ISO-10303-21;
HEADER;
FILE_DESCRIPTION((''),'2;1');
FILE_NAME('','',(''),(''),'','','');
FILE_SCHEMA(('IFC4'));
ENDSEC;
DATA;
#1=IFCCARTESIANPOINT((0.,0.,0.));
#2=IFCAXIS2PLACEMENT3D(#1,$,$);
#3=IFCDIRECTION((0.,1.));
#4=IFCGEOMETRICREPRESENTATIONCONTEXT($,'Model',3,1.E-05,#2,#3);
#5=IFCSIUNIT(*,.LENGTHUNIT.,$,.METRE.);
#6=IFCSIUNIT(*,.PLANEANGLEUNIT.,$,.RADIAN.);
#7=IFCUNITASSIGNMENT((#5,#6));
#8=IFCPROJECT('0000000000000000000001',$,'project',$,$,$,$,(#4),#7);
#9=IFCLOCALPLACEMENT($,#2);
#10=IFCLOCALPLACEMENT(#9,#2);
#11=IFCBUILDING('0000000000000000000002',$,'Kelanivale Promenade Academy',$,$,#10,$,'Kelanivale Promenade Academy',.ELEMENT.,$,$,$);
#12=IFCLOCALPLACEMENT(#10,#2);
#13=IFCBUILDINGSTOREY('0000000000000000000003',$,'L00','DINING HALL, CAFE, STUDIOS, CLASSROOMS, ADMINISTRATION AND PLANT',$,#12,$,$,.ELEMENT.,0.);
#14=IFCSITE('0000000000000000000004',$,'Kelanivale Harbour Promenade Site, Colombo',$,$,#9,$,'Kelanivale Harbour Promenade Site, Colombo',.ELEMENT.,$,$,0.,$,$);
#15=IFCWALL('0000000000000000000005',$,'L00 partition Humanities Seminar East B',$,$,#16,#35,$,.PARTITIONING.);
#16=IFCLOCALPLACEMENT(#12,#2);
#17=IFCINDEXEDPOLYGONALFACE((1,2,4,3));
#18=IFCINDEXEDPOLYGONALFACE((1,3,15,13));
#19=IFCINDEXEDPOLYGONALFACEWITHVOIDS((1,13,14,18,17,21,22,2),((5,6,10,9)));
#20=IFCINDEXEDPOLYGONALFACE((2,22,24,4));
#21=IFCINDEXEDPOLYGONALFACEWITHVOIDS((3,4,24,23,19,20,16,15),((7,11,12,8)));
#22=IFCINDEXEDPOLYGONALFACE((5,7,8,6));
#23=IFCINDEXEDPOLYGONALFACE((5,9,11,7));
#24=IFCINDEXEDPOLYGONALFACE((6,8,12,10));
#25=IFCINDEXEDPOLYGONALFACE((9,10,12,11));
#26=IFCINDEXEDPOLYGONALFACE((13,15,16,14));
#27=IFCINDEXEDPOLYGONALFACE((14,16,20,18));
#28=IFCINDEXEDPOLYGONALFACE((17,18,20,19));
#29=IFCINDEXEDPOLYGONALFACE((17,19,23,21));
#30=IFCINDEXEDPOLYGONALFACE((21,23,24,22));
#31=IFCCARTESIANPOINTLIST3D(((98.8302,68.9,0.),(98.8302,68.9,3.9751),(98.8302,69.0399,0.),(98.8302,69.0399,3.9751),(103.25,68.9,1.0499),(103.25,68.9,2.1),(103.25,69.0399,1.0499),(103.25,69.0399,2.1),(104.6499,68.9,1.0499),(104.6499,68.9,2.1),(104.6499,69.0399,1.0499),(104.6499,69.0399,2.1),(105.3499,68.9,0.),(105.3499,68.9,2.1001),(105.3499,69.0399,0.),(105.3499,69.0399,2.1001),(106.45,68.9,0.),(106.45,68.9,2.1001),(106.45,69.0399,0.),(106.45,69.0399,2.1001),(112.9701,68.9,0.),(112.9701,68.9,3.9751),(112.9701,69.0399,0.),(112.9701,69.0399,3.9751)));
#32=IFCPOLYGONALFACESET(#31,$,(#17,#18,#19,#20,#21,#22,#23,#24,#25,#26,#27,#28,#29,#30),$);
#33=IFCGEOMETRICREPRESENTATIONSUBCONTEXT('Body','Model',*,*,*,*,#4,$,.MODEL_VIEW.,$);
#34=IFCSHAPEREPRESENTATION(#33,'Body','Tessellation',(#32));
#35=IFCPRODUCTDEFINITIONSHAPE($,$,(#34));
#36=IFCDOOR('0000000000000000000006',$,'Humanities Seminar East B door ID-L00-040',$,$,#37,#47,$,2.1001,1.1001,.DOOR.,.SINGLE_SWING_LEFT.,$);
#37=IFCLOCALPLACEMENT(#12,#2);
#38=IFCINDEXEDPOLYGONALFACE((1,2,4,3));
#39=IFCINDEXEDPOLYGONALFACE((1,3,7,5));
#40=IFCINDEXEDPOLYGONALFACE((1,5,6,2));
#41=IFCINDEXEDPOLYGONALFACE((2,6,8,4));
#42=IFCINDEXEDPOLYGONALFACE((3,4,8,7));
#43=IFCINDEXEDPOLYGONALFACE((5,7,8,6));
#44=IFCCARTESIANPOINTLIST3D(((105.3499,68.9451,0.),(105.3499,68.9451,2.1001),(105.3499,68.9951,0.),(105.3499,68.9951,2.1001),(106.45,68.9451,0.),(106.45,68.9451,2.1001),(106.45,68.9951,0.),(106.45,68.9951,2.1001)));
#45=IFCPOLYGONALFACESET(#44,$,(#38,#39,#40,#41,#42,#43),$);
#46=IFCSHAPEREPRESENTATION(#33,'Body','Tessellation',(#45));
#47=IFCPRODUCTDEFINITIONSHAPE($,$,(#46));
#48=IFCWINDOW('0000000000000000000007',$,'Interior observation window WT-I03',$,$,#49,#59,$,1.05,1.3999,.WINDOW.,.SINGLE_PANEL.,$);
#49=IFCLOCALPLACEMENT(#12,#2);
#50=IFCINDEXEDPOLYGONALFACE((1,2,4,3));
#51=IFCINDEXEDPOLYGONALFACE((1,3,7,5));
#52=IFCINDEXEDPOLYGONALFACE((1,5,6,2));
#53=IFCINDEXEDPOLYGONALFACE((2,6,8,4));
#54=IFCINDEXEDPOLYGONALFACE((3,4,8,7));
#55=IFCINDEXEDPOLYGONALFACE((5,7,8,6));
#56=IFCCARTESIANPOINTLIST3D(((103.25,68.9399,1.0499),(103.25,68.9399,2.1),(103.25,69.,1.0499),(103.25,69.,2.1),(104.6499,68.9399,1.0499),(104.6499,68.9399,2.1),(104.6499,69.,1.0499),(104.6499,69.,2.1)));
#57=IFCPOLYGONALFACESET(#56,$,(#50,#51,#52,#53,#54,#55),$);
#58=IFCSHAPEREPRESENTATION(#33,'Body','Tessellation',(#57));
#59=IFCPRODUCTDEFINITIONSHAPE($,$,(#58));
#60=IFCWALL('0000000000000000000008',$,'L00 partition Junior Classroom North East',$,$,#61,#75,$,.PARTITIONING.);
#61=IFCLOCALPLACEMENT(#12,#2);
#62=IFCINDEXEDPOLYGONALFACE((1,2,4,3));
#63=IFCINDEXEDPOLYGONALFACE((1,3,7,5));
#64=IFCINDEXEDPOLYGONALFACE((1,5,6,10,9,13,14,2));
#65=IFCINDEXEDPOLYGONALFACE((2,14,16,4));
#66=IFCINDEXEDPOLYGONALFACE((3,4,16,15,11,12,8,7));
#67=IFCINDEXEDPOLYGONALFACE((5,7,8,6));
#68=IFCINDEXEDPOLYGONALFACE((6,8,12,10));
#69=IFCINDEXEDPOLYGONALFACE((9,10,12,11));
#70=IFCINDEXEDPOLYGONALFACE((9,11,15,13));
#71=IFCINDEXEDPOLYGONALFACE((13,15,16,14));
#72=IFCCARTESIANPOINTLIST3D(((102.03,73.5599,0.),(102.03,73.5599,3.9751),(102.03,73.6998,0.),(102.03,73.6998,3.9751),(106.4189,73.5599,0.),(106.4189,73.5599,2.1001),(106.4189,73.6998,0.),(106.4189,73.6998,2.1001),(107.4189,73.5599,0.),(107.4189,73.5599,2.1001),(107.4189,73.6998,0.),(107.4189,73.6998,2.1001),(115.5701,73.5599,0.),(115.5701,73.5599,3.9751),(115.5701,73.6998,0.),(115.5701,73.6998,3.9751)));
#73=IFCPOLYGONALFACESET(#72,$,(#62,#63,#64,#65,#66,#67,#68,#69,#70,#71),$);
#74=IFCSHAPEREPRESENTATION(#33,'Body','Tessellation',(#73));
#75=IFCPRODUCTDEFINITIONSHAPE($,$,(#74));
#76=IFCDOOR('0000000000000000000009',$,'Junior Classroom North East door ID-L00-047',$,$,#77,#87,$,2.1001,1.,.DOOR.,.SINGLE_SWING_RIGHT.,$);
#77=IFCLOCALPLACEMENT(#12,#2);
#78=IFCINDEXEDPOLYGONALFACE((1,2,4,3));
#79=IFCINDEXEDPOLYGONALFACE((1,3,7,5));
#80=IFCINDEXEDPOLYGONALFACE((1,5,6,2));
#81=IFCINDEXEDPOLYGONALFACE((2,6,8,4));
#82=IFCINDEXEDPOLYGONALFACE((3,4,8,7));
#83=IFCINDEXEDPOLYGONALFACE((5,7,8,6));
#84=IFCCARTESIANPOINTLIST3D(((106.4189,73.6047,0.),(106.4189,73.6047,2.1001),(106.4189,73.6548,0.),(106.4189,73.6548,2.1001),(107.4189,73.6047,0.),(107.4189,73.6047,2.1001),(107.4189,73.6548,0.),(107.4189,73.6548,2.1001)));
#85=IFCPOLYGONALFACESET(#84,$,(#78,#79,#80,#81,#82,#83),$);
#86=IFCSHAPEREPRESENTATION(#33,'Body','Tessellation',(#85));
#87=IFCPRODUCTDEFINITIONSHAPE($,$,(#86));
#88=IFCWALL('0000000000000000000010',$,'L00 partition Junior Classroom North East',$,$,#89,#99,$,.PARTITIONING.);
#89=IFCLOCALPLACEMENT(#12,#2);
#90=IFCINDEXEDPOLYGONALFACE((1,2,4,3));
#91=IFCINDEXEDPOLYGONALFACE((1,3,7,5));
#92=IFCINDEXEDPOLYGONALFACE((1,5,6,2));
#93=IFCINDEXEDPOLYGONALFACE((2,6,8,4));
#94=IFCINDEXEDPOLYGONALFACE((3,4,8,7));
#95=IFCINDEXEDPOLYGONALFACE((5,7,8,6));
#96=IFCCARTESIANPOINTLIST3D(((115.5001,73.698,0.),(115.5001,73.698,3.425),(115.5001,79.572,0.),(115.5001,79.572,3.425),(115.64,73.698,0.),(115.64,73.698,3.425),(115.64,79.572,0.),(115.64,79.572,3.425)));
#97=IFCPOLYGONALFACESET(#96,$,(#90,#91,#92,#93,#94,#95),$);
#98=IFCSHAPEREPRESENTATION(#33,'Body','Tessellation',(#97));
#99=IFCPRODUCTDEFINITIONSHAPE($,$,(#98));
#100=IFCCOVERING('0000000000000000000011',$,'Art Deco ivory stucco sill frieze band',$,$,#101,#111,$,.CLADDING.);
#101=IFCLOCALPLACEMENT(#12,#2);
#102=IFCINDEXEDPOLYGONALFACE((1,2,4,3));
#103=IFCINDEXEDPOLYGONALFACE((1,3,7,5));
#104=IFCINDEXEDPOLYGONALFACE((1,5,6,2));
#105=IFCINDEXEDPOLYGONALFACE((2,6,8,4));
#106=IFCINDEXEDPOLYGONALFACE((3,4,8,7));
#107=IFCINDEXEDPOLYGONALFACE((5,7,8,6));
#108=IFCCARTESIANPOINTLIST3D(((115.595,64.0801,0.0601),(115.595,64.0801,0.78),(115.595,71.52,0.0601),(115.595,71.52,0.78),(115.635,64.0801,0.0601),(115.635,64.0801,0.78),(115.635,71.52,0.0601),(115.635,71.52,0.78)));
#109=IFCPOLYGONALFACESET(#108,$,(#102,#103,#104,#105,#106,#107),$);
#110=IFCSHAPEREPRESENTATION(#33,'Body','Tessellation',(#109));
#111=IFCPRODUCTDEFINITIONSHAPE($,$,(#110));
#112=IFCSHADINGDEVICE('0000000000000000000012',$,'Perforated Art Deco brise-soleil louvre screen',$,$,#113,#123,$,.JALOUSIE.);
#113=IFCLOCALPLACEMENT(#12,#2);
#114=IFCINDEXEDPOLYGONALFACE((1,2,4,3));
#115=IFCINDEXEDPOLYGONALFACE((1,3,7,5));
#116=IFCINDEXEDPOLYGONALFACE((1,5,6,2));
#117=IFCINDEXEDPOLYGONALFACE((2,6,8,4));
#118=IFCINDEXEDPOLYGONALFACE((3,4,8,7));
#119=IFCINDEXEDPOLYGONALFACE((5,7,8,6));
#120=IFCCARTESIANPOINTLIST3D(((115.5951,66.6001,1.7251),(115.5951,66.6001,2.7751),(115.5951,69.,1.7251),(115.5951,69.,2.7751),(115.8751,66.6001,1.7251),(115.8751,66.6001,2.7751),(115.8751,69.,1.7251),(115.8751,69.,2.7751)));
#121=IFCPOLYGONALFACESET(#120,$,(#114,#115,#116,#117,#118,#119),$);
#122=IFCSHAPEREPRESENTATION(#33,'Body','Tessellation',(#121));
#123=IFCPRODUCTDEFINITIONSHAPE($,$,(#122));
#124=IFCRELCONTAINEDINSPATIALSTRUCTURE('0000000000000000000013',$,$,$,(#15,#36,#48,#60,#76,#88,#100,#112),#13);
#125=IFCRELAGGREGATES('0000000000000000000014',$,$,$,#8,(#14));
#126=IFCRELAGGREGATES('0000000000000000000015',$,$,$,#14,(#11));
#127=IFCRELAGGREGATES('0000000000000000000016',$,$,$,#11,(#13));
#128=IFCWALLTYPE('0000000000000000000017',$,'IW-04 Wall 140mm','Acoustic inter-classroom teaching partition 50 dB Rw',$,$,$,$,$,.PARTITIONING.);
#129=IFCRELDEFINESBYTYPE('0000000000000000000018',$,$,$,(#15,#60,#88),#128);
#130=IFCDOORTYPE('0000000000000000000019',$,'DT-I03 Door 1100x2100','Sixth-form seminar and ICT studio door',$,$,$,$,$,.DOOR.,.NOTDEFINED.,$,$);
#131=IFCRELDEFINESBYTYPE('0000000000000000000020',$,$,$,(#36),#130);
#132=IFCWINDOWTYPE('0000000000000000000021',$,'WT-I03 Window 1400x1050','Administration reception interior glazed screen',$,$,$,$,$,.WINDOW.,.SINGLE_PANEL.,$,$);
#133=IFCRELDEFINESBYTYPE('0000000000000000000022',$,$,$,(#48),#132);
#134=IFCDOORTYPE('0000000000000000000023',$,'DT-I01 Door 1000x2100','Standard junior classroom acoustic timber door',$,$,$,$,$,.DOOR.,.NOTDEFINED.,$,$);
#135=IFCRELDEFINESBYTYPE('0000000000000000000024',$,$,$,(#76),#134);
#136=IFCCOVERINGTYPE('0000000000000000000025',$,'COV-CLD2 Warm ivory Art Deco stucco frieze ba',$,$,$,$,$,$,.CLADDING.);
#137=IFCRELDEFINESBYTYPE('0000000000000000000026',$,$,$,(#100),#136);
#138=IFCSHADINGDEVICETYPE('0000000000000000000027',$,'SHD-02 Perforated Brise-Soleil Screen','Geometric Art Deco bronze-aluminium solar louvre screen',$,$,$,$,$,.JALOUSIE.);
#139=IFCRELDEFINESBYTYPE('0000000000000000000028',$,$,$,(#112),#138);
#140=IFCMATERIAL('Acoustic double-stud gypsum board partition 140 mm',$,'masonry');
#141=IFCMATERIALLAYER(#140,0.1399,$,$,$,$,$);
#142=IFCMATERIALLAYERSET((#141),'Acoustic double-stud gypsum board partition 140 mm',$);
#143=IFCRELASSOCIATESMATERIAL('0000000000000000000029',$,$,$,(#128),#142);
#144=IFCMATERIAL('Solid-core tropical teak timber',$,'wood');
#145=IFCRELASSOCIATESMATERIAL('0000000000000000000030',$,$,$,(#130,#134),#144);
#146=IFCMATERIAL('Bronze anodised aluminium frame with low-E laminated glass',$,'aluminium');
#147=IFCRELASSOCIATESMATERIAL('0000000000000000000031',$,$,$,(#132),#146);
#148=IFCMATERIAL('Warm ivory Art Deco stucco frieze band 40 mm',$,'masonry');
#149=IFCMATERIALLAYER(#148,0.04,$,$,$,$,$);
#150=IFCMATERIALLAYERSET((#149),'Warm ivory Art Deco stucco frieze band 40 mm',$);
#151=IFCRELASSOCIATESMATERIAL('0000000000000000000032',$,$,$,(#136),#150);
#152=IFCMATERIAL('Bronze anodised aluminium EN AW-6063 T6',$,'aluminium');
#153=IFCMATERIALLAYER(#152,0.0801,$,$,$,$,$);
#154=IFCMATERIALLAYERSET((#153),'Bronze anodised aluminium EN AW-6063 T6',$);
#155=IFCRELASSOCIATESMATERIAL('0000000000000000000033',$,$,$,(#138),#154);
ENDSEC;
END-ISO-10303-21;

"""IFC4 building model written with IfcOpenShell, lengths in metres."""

from ifc_helpers import new_model, si_unit, direction, frame, frame_2d, origin, origin_2d, place, context, subcontext, project, spatial, rectangle, extrude, material, layer, layer_set, type_object, element, fill, save


model = new_model("IFC4")

# Units and contexts
model_context = context("Model", 3, precision=1e-05, world=origin(), true_north=direction((0.0, 1.0)))
body_context = subcontext(model_context, "Body", "Model", "MODEL_VIEW")
ifc_project = project(units=[si_unit("LENGTHUNIT", "METRE"), si_unit("PLANEANGLEUNIT", "RADIAN")], contexts=[model_context])

# Site, building, storey
site_placement = place(None, origin())
site = spatial("IfcSite", under=ifc_project, at=site_placement, Name="Kelanivale Harbour Promenade Site, Colombo", LongName="Kelanivale Harbour Promenade Site, Colombo", CompositionType="ELEMENT", RefElevation=0.0)
building_placement = place(site_placement, origin())
building = spatial("IfcBuilding", under=site, at=building_placement, Name="Kelanivale Promenade Academy", LongName="Kelanivale Promenade Academy", CompositionType="ELEMENT")
storey_placement = place(building_placement, origin())
storey = spatial("IfcBuildingStorey", under=building, at=storey_placement, Name="L00", Description="DINING HALL, CAFE, STUDIOS, CLASSROOMS, ADMINISTRATION AND PLANT", CompositionType="ELEMENT", Elevation=0.0)

# Shared definitions
ifc_material_1 = material(Name="Bronze anodised aluminium frame with low-E laminated glass", Category="aluminium")

# Wall, openings, door, window
ifc_material_2 = material(Name="Acoustic double-stud gypsum board partition 140 mm", Category="masonry")
ifc_layer_1 = layer(ifc_material_2, 0.1399)
ifc_layer_set_1 = layer_set([ifc_layer_1], Name="Acoustic double-stud gypsum board partition 140 mm")
wall_type_1 = type_object("IfcWallType", Name="IW-04 Wall 140mm", Description="Acoustic inter-classroom teaching partition 50 dB Rw", PredefinedType="PARTITIONING", material=ifc_layer_set_1)
wall_1_placement = place(storey_placement, frame((112.97, 68.97, 0.0), z_axis=(0.0, 0.0, 1.0), x_axis=(-1.0, 0.0, 0.0)))
wall_1 = element("IfcWall", 1, at=wall_1_placement, inside=storey, type_object=wall_type_1, Name="L00 partition Humanities Seminar East B", PredefinedType="PARTITIONING", context=body_context, shape_type="SweptSolid", body=[
    extrude(rectangle(XDim=14.1399, YDim=0.1399, at=frame_2d((7.0698, 0.0))), origin(), (0.0, 0.0, 1.0), 3.9751),
])
opening_1_placement = place(wall_1_placement, frame((6.52, 0.0, 0.0)))
opening_1 = element("IfcOpeningElement", 2, at=opening_1_placement, cuts=wall_1, PredefinedType="OPENING", context=body_context, shape_type="SweptSolid", body=[
    extrude(rectangle(XDim=1.1001, YDim=2.1001, at=frame_2d((0.55, 1.05))), frame((0.0, 0.0801, 0.0), z_axis=(0.0, -1.0, 0.0), x_axis=(1.0, 0.0, 0.0)), (0.0, 0.0, 1.0), 0.1599),
])
opening_2_placement = place(wall_1_placement, frame((8.3201, 0.0, 1.05)))
opening_2 = element("IfcOpeningElement", 3, at=opening_2_placement, cuts=wall_1, PredefinedType="OPENING", context=body_context, shape_type="SweptSolid", body=[
    extrude(rectangle(XDim=1.3999, YDim=1.05, at=frame_2d((0.7, 0.5249))), frame((0.0, 0.0801, 0.0), z_axis=(0.0, -1.0, 0.0), x_axis=(1.0, 0.0, 0.0)), (0.0, 0.0, 1.0), 0.1599),
])
ifc_material_3 = material(Name="Solid-core tropical teak timber", Category="wood")
door_type_1 = type_object("IfcDoorType", Name="DT-I03 Door 1100x2100", Description="Sixth-form seminar and ICT studio door", OperationType="NOTDEFINED", PredefinedType="DOOR", material=ifc_material_3)
door_1_placement = place(opening_1_placement, origin())
door_1 = element("IfcDoor", 4, at=door_1_placement, inside=storey, type_object=door_type_1, Name="Humanities Seminar East B door ID-L00-040", OperationType="SINGLE_SWING_LEFT", OverallHeight=2.1001, OverallWidth=1.1001, PredefinedType="DOOR", context=body_context, shape_type="SweptSolid", body=[
    extrude(rectangle(XDim=1.1001, YDim=2.1001, at=frame_2d((0.55, 1.05))), frame((0.0, 0.0249, 0.0), z_axis=(0.0, -1.0, 0.0), x_axis=(1.0, 0.0, 0.0)), (0.0, 0.0, 1.0), 0.05),
])
fill(opening_1, door_1)
window_type_1 = type_object("IfcWindowType", Name="WT-I03 Window 1400x1050", Description="Administration reception interior glazed screen", PartitioningType="SINGLE_PANEL", PredefinedType="WINDOW", material=ifc_material_1)
window_1_placement = place(opening_2_placement, origin())
window_1 = element("IfcWindow", 5, at=window_1_placement, inside=storey, type_object=window_type_1, Name="Interior observation window WT-I03", OverallHeight=1.05, OverallWidth=1.3999, PartitioningType="SINGLE_PANEL", PredefinedType="WINDOW", context=body_context, shape_type="SweptSolid", body=[
    extrude(rectangle(XDim=1.3999, YDim=1.05, at=frame_2d((0.7, 0.5249))), frame((0.0, 0.03, 0.0), z_axis=(0.0, -1.0, 0.0), x_axis=(1.0, 0.0, 0.0)), (0.0, 0.0, 1.0), 0.0601),
])
fill(opening_2, window_1)

# Wall, opening, door
wall_2_placement = place(storey_placement, frame((102.03, 73.6299, 0.0), z_axis=(0.0, 0.0, 1.0), x_axis=(1.0, 0.0, 0.0)))
wall_2 = element("IfcWall", 6, at=wall_2_placement, inside=storey, type_object=wall_type_1, Name="L00 partition Junior Classroom North East", PredefinedType="PARTITIONING", context=body_context, shape_type="SweptSolid", body=[
    extrude(rectangle(XDim=13.54, YDim=0.1399, at=frame_2d((6.77, 0.0))), origin(), (0.0, 0.0, 1.0), 3.9751),
])
opening_3_placement = place(wall_2_placement, frame((4.3889, 0.0, 0.0)))
opening_3 = element("IfcOpeningElement", 7, at=opening_3_placement, cuts=wall_2, PredefinedType="OPENING", context=body_context, shape_type="SweptSolid", body=[
    extrude(rectangle(XDim=1.0, YDim=2.1001, at=frame_2d((0.5, 1.05))), frame((0.0, 0.0801, 0.0), z_axis=(0.0, -1.0, 0.0), x_axis=(1.0, 0.0, 0.0)), (0.0, 0.0, 1.0), 0.1599),
])
door_type_2 = type_object("IfcDoorType", Name="DT-I01 Door 1000x2100", Description="Standard junior classroom acoustic timber door", OperationType="NOTDEFINED", PredefinedType="DOOR", material=ifc_material_3)
door_2_placement = place(opening_3_placement, origin())
door_2 = element("IfcDoor", 8, at=door_2_placement, inside=storey, type_object=door_type_2, Name="Junior Classroom North East door ID-L00-047", OperationType="SINGLE_SWING_RIGHT", OverallHeight=2.1001, OverallWidth=1.0, PredefinedType="DOOR", context=body_context, shape_type="SweptSolid", body=[
    extrude(rectangle(XDim=1.0, YDim=2.1001, at=frame_2d((0.5, 1.05))), frame((0.0, 0.0249, 0.0), z_axis=(0.0, -1.0, 0.0), x_axis=(1.0, 0.0, 0.0)), (0.0, 0.0, 1.0), 0.05),
])
fill(opening_3, door_2)

# Wall
wall_3_placement = place(storey_placement, frame((115.5701, 73.698, 0.0), z_axis=(0.0, 0.0, 1.0), x_axis=(0.0, 1.0, 0.0)))
element("IfcWall", 9, at=wall_3_placement, inside=storey, type_object=wall_type_1, Name="L00 partition Junior Classroom North East", PredefinedType="PARTITIONING", context=body_context, shape_type="SweptSolid", body=[
    extrude(rectangle(XDim=5.874, YDim=0.1399, at=frame_2d((2.937, 0.0))), origin(), (0.0, 0.0, 1.0), 3.425),
])

# Covering
ifc_material_4 = material(Name="Warm ivory Art Deco stucco frieze band 40 mm", Category="masonry")
ifc_layer_2 = layer(ifc_material_4, 0.04)
ifc_layer_set_2 = layer_set([ifc_layer_2], Name="Warm ivory Art Deco stucco frieze band 40 mm")
covering_type = type_object("IfcCoveringType", Name="COV-CLD2 Warm ivory Art Deco stucco frieze ba", PredefinedType="CLADDING", material=ifc_layer_set_2)
covering_placement = place(storey_placement, frame((115.615, 67.8, 0.0601), z_axis=(0.0, 0.0, 1.0), x_axis=(0.0, 1.0, 0.0)))
element("IfcCovering", 10, at=covering_placement, inside=storey, type_object=covering_type, Name="Art Deco ivory stucco sill frieze band", PredefinedType="CLADDING", context=body_context, shape_type="SweptSolid", body=[
    extrude(rectangle(XDim=7.4399, YDim=0.04, at=origin_2d()), origin(), (0.0, 0.0, 1.0), 0.72),
])

# Shading device
ifc_material_5 = material(Name="Bronze anodised aluminium EN AW-6063 T6", Category="aluminium")
ifc_layer_3 = layer(ifc_material_5, 0.0801)
ifc_layer_set_3 = layer_set([ifc_layer_3], Name="Bronze anodised aluminium EN AW-6063 T6")
shading_device_type = type_object("IfcShadingDeviceType", Name="SHD-02 Perforated Brise-Soleil Screen", Description="Geometric Art Deco bronze-aluminium solar louvre screen", PredefinedType="JALOUSIE", material=ifc_layer_set_3)
shading_device_placement = place(storey_placement, frame((115.7351, 67.8, 1.7251), z_axis=(0.0, 0.0, 1.0), x_axis=(0.0, 1.0, 0.0)))
element("IfcShadingDevice", 11, at=shading_device_placement, inside=storey, type_object=shading_device_type, Name="Perforated Art Deco brise-soleil louvre screen", PredefinedType="JALOUSIE", context=body_context, shape_type="SweptSolid", body=[
    extrude(rectangle(XDim=2.3999, YDim=0.28, at=origin_2d()), origin(), (0.0, 0.0, 1.0), 1.05),
])

save(model, "model.ifc")
